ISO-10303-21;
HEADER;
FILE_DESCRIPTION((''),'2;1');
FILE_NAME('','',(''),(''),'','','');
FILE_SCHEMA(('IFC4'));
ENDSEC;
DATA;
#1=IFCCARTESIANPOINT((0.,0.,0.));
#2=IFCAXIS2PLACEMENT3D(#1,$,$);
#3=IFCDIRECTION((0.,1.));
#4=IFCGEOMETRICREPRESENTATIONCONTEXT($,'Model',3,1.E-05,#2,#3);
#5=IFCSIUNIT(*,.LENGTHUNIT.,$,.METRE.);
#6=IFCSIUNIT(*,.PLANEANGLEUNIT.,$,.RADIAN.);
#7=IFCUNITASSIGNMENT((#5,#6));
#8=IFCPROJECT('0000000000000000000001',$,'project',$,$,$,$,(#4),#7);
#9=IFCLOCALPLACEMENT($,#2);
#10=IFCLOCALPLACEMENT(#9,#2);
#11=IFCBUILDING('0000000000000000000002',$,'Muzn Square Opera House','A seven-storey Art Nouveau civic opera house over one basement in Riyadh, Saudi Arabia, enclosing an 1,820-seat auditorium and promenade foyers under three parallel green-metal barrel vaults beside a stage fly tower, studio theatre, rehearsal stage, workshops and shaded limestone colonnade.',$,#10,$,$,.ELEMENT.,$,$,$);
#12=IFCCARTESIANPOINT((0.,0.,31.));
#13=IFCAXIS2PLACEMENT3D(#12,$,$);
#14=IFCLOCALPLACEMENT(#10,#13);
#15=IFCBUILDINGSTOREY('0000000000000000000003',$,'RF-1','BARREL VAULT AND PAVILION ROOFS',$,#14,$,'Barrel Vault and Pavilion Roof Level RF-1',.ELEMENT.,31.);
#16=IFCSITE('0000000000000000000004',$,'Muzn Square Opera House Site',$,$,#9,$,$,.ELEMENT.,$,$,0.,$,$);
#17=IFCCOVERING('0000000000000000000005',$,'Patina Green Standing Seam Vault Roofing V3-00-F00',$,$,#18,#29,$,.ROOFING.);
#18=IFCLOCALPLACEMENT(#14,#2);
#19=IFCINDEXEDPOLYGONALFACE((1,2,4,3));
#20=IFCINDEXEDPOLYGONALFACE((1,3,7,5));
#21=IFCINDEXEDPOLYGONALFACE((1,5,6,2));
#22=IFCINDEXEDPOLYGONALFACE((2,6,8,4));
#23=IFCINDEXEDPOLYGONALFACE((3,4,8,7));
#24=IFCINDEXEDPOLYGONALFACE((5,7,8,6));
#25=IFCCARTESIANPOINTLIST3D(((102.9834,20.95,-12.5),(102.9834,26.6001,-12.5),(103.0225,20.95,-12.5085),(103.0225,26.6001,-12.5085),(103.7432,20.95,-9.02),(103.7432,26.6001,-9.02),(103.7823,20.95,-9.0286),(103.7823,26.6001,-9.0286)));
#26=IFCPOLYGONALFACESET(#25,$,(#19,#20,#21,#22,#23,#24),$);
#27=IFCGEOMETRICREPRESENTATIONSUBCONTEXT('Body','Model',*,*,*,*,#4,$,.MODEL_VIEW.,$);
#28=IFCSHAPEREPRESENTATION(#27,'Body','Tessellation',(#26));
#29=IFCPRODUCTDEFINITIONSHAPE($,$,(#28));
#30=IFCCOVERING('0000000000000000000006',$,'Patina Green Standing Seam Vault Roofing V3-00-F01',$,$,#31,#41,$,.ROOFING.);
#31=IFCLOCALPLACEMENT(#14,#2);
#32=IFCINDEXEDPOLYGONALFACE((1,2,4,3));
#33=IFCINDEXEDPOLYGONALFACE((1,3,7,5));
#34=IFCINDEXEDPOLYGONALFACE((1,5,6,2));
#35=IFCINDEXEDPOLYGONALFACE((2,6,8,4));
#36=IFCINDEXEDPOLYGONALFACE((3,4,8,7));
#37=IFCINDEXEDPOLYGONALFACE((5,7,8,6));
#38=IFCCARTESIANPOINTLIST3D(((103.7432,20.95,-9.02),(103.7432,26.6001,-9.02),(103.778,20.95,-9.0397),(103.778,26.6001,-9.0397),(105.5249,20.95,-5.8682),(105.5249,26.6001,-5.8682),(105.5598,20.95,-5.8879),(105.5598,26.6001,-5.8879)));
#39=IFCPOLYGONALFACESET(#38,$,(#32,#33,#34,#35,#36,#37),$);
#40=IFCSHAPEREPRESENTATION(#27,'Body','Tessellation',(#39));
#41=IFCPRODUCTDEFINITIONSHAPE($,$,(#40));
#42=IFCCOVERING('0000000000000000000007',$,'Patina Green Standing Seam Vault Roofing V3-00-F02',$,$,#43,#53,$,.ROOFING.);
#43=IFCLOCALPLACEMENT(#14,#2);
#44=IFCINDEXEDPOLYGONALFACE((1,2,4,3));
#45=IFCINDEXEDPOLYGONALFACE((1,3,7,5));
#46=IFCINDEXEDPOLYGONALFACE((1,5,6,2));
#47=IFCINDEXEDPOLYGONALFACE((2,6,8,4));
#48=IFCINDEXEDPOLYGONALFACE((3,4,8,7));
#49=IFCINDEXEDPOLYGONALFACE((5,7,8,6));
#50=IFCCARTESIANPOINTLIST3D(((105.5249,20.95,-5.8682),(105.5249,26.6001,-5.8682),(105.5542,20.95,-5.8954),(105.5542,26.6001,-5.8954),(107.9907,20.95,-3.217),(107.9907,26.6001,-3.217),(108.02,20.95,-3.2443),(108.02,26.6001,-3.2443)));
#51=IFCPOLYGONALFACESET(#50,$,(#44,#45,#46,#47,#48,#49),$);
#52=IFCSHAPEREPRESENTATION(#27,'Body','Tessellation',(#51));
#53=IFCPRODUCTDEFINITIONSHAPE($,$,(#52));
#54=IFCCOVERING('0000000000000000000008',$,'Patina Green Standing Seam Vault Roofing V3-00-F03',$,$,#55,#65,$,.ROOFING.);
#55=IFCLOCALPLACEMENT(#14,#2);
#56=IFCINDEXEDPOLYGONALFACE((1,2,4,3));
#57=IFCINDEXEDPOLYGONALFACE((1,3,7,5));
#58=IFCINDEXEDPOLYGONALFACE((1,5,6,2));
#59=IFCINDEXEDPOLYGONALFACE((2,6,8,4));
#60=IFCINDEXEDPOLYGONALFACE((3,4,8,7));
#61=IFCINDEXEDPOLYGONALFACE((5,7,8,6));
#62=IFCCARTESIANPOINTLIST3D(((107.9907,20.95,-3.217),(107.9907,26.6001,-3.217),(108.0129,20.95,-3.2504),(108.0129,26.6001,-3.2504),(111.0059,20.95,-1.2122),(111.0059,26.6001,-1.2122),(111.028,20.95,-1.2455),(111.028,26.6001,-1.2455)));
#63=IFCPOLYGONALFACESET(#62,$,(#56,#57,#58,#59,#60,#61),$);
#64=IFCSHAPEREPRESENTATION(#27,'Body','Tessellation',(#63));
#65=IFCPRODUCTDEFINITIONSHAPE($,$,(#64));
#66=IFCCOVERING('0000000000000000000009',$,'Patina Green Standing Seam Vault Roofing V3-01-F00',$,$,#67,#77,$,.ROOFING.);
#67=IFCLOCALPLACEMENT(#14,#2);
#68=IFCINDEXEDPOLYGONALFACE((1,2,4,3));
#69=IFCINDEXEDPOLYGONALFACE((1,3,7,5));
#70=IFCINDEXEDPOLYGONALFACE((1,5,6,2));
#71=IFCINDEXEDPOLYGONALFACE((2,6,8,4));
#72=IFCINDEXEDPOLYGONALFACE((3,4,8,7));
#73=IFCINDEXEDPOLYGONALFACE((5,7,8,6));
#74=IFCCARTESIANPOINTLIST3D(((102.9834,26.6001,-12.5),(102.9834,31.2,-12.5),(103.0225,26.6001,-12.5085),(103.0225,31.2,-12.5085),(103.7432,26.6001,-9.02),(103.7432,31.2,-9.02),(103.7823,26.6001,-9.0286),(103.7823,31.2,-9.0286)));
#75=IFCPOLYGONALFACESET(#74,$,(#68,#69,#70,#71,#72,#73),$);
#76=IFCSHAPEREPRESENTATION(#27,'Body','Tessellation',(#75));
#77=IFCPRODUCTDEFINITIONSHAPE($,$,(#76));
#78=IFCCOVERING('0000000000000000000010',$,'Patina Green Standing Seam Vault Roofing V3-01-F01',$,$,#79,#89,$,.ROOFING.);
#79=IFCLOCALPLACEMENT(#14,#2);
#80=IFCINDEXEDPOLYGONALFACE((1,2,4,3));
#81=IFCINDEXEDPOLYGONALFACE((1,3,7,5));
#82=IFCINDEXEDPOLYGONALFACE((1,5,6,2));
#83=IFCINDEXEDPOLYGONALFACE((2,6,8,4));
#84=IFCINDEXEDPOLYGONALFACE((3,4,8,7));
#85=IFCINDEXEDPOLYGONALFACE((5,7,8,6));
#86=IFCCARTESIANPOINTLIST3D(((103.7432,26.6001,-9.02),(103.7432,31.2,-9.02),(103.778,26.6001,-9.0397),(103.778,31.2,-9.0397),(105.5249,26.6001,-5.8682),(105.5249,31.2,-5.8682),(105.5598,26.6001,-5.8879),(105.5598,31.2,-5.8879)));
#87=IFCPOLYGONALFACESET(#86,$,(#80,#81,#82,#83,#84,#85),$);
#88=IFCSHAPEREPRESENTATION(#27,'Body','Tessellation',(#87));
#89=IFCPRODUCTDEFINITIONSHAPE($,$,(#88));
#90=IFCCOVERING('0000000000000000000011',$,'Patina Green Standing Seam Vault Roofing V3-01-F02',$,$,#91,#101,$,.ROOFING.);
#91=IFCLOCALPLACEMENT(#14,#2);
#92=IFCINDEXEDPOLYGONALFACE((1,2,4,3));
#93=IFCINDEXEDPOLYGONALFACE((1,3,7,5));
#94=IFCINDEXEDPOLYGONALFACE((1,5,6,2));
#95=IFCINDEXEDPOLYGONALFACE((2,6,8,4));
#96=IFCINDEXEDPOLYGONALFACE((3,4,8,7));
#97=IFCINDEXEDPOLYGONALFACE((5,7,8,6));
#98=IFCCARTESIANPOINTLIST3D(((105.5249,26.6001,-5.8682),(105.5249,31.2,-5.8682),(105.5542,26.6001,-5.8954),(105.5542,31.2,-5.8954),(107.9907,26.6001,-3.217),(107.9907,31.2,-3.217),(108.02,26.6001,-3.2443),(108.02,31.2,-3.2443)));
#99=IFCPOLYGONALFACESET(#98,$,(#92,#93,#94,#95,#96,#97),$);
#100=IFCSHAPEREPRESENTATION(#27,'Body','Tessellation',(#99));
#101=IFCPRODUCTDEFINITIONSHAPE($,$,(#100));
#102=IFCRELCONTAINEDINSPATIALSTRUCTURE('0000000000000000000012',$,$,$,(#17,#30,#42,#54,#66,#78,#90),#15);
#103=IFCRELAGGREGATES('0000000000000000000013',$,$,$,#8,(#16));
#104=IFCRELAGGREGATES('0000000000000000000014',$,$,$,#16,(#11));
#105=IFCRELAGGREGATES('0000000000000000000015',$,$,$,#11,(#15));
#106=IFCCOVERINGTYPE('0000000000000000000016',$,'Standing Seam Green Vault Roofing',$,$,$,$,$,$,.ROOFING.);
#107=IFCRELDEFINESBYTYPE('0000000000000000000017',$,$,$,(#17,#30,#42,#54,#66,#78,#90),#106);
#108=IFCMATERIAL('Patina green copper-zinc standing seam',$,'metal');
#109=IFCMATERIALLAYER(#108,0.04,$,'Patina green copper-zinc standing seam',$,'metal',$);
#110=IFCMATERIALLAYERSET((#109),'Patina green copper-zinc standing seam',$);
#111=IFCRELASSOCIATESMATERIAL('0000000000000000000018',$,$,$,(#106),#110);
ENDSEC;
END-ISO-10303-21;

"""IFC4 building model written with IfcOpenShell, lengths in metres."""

from ifc_helpers import new_model, si_unit, direction, frame, origin, place, context, subcontext, project, spatial, polyline, outline, extrude, material, layer, layer_set, type_object, element, save


model = new_model("IFC4")

# Units and contexts
model_context = context("Model", 3, precision=1e-05, world=origin(), true_north=direction((0.0, 1.0)))
body_context = subcontext(model_context, "Body", "Model", "MODEL_VIEW")
ifc_project = project(units=[si_unit("LENGTHUNIT", "METRE"), si_unit("PLANEANGLEUNIT", "RADIAN")], contexts=[model_context])

# Site, building, storey
site_placement = place(None, origin())
site = spatial("IfcSite", under=ifc_project, at=site_placement, Name="Muzn Square Opera House Site", CompositionType="ELEMENT", RefElevation=0.0)
building_placement = place(site_placement, origin())
building = spatial("IfcBuilding", under=site, at=building_placement, Name="Muzn Square Opera House", Description="A seven-storey Art Nouveau civic opera house over one basement in Riyadh, Saudi Arabia, enclosing an 1,820-seat auditorium and promenade foyers under three parallel green-metal barrel vaults beside a stage fly tower, studio theatre, rehearsal stage, workshops and shaded limestone colonnade.", CompositionType="ELEMENT")
storey_placement = place(building_placement, frame((0.0, 0.0, 31.0)))
storey = spatial("IfcBuildingStorey", under=building, at=storey_placement, Name="RF-1", Description="BARREL VAULT AND PAVILION ROOFS", LongName="Barrel Vault and Pavilion Roof Level RF-1", CompositionType="ELEMENT", Elevation=31.0)

# Shared definitions
ifc_material_1 = material(Name="Patina green copper-zinc standing seam", Category="metal")

# Coverings
ifc_layer_1 = layer(ifc_material_1, 0.04, Name="Patina green copper-zinc standing seam", Category="metal")
ifc_layer_set_1 = layer_set([ifc_layer_1], Name="Patina green copper-zinc standing seam")
covering_type = type_object("IfcCoveringType", Name="Standing Seam Green Vault Roofing", PredefinedType="ROOFING", material=ifc_layer_set_1)
covering_1_placement = place(storey_placement, frame((103.7432, 20.95, -9.02), z_axis=(-0.976987, 0.0, 0.2133), x_axis=(0.0, 1.0, 0.0)))
element("IfcCovering", 1, at=covering_1_placement, inside=storey, type_object=covering_type, Name="Patina Green Standing Seam Vault Roofing V3-00-F00", PredefinedType="ROOFING", context=body_context, shape_type="SweptSolid", body=[
    extrude(outline(polyline([(0.0, 3.562), (0.0, 0.0), (5.6501, 0.0), (5.6501, 3.562), (0.0, 3.562)])), origin(), (0.0, 0.0, -1.0), 0.04),
])
covering_2_placement = place(storey_placement, frame((105.5249, 20.95, -5.8682), z_axis=(-0.870533, 0.0, 0.492111), x_axis=(0.0, 1.0, 0.0)))
element("IfcCovering", 2, at=covering_2_placement, inside=storey, type_object=covering_type, Name="Patina Green Standing Seam Vault Roofing V3-00-F01", PredefinedType="ROOFING", context=body_context, shape_type="SweptSolid", body=[
    extrude(outline(polyline([(0.0, 3.6206), (0.0, 0.0), (5.6501, 0.0), (5.6501, 3.6206), (0.0, 3.6206)])), origin(), (0.0, 0.0, -1.0), 0.04),
])
covering_3_placement = place(storey_placement, frame((107.9907, 20.95, -3.217), z_axis=(-0.732234, 0.0, 0.681053), x_axis=(0.0, 1.0, 0.0)))
element("IfcCovering", 3, at=covering_3_placement, inside=storey, type_object=covering_type, Name="Patina Green Standing Seam Vault Roofing V3-00-F02", PredefinedType="ROOFING", context=body_context, shape_type="SweptSolid", body=[
    extrude(outline(polyline([(0.0, 3.6206), (0.0, 0.0), (5.6501, 0.0), (5.6501, 3.6206), (0.0, 3.6206)])), origin(), (0.0, 0.0, -1.0), 0.04),
])
covering_4_placement = place(storey_placement, frame((111.0059, 20.95, -1.2122), z_axis=(-0.553704, 0.0, 0.832714), x_axis=(0.0, 1.0, 0.0)))
element("IfcCovering", 4, at=covering_4_placement, inside=storey, type_object=covering_type, Name="Patina Green Standing Seam Vault Roofing V3-00-F03", PredefinedType="ROOFING", context=body_context, shape_type="SweptSolid", body=[
    extrude(outline(polyline([(0.0, 3.6209), (0.0, 0.0), (5.6501, 0.0), (5.6501, 3.6209), (0.0, 3.6209)])), origin(), (0.0, 0.0, -1.0), 0.04),
])
covering_5_placement = place(storey_placement, frame((103.7432, 26.6001, -9.02), z_axis=(-0.976987, 0.0, 0.2133), x_axis=(0.0, 1.0, 0.0)))
element("IfcCovering", 5, at=covering_5_placement, inside=storey, type_object=covering_type, Name="Patina Green Standing Seam Vault Roofing V3-01-F00", PredefinedType="ROOFING", context=body_context, shape_type="SweptSolid", body=[
    extrude(outline(polyline([(0.0, 3.562), (0.0, 0.0), (4.5999, 0.0), (4.5999, 3.562), (0.0, 3.562)])), origin(), (0.0, 0.0, -1.0), 0.04),
])
covering_6_placement = place(storey_placement, frame((105.5249, 26.6001, -5.8682), z_axis=(-0.870533, 0.0, 0.492111), x_axis=(0.0, 1.0, 0.0)))
element("IfcCovering", 6, at=covering_6_placement, inside=storey, type_object=covering_type, Name="Patina Green Standing Seam Vault Roofing V3-01-F01", PredefinedType="ROOFING", context=body_context, shape_type="SweptSolid", body=[
    extrude(outline(polyline([(0.0, 3.6206), (0.0, 0.0), (4.5999, 0.0), (4.5999, 3.6206), (0.0, 3.6206)])), origin(), (0.0, 0.0, -1.0), 0.04),
])
covering_7_placement = place(storey_placement, frame((107.9907, 26.6001, -3.217), z_axis=(-0.732234, 0.0, 0.681053), x_axis=(0.0, 1.0, 0.0)))
element("IfcCovering", 7, at=covering_7_placement, inside=storey, type_object=covering_type, Name="Patina Green Standing Seam Vault Roofing V3-01-F02", PredefinedType="ROOFING", context=body_context, shape_type="SweptSolid", body=[
    extrude(outline(polyline([(0.0, 3.6206), (0.0, 0.0), (4.5999, 0.0), (4.5999, 3.6206), (0.0, 3.6206)])), origin(), (0.0, 0.0, -1.0), 0.04),
])

save(model, "model.ifc")
